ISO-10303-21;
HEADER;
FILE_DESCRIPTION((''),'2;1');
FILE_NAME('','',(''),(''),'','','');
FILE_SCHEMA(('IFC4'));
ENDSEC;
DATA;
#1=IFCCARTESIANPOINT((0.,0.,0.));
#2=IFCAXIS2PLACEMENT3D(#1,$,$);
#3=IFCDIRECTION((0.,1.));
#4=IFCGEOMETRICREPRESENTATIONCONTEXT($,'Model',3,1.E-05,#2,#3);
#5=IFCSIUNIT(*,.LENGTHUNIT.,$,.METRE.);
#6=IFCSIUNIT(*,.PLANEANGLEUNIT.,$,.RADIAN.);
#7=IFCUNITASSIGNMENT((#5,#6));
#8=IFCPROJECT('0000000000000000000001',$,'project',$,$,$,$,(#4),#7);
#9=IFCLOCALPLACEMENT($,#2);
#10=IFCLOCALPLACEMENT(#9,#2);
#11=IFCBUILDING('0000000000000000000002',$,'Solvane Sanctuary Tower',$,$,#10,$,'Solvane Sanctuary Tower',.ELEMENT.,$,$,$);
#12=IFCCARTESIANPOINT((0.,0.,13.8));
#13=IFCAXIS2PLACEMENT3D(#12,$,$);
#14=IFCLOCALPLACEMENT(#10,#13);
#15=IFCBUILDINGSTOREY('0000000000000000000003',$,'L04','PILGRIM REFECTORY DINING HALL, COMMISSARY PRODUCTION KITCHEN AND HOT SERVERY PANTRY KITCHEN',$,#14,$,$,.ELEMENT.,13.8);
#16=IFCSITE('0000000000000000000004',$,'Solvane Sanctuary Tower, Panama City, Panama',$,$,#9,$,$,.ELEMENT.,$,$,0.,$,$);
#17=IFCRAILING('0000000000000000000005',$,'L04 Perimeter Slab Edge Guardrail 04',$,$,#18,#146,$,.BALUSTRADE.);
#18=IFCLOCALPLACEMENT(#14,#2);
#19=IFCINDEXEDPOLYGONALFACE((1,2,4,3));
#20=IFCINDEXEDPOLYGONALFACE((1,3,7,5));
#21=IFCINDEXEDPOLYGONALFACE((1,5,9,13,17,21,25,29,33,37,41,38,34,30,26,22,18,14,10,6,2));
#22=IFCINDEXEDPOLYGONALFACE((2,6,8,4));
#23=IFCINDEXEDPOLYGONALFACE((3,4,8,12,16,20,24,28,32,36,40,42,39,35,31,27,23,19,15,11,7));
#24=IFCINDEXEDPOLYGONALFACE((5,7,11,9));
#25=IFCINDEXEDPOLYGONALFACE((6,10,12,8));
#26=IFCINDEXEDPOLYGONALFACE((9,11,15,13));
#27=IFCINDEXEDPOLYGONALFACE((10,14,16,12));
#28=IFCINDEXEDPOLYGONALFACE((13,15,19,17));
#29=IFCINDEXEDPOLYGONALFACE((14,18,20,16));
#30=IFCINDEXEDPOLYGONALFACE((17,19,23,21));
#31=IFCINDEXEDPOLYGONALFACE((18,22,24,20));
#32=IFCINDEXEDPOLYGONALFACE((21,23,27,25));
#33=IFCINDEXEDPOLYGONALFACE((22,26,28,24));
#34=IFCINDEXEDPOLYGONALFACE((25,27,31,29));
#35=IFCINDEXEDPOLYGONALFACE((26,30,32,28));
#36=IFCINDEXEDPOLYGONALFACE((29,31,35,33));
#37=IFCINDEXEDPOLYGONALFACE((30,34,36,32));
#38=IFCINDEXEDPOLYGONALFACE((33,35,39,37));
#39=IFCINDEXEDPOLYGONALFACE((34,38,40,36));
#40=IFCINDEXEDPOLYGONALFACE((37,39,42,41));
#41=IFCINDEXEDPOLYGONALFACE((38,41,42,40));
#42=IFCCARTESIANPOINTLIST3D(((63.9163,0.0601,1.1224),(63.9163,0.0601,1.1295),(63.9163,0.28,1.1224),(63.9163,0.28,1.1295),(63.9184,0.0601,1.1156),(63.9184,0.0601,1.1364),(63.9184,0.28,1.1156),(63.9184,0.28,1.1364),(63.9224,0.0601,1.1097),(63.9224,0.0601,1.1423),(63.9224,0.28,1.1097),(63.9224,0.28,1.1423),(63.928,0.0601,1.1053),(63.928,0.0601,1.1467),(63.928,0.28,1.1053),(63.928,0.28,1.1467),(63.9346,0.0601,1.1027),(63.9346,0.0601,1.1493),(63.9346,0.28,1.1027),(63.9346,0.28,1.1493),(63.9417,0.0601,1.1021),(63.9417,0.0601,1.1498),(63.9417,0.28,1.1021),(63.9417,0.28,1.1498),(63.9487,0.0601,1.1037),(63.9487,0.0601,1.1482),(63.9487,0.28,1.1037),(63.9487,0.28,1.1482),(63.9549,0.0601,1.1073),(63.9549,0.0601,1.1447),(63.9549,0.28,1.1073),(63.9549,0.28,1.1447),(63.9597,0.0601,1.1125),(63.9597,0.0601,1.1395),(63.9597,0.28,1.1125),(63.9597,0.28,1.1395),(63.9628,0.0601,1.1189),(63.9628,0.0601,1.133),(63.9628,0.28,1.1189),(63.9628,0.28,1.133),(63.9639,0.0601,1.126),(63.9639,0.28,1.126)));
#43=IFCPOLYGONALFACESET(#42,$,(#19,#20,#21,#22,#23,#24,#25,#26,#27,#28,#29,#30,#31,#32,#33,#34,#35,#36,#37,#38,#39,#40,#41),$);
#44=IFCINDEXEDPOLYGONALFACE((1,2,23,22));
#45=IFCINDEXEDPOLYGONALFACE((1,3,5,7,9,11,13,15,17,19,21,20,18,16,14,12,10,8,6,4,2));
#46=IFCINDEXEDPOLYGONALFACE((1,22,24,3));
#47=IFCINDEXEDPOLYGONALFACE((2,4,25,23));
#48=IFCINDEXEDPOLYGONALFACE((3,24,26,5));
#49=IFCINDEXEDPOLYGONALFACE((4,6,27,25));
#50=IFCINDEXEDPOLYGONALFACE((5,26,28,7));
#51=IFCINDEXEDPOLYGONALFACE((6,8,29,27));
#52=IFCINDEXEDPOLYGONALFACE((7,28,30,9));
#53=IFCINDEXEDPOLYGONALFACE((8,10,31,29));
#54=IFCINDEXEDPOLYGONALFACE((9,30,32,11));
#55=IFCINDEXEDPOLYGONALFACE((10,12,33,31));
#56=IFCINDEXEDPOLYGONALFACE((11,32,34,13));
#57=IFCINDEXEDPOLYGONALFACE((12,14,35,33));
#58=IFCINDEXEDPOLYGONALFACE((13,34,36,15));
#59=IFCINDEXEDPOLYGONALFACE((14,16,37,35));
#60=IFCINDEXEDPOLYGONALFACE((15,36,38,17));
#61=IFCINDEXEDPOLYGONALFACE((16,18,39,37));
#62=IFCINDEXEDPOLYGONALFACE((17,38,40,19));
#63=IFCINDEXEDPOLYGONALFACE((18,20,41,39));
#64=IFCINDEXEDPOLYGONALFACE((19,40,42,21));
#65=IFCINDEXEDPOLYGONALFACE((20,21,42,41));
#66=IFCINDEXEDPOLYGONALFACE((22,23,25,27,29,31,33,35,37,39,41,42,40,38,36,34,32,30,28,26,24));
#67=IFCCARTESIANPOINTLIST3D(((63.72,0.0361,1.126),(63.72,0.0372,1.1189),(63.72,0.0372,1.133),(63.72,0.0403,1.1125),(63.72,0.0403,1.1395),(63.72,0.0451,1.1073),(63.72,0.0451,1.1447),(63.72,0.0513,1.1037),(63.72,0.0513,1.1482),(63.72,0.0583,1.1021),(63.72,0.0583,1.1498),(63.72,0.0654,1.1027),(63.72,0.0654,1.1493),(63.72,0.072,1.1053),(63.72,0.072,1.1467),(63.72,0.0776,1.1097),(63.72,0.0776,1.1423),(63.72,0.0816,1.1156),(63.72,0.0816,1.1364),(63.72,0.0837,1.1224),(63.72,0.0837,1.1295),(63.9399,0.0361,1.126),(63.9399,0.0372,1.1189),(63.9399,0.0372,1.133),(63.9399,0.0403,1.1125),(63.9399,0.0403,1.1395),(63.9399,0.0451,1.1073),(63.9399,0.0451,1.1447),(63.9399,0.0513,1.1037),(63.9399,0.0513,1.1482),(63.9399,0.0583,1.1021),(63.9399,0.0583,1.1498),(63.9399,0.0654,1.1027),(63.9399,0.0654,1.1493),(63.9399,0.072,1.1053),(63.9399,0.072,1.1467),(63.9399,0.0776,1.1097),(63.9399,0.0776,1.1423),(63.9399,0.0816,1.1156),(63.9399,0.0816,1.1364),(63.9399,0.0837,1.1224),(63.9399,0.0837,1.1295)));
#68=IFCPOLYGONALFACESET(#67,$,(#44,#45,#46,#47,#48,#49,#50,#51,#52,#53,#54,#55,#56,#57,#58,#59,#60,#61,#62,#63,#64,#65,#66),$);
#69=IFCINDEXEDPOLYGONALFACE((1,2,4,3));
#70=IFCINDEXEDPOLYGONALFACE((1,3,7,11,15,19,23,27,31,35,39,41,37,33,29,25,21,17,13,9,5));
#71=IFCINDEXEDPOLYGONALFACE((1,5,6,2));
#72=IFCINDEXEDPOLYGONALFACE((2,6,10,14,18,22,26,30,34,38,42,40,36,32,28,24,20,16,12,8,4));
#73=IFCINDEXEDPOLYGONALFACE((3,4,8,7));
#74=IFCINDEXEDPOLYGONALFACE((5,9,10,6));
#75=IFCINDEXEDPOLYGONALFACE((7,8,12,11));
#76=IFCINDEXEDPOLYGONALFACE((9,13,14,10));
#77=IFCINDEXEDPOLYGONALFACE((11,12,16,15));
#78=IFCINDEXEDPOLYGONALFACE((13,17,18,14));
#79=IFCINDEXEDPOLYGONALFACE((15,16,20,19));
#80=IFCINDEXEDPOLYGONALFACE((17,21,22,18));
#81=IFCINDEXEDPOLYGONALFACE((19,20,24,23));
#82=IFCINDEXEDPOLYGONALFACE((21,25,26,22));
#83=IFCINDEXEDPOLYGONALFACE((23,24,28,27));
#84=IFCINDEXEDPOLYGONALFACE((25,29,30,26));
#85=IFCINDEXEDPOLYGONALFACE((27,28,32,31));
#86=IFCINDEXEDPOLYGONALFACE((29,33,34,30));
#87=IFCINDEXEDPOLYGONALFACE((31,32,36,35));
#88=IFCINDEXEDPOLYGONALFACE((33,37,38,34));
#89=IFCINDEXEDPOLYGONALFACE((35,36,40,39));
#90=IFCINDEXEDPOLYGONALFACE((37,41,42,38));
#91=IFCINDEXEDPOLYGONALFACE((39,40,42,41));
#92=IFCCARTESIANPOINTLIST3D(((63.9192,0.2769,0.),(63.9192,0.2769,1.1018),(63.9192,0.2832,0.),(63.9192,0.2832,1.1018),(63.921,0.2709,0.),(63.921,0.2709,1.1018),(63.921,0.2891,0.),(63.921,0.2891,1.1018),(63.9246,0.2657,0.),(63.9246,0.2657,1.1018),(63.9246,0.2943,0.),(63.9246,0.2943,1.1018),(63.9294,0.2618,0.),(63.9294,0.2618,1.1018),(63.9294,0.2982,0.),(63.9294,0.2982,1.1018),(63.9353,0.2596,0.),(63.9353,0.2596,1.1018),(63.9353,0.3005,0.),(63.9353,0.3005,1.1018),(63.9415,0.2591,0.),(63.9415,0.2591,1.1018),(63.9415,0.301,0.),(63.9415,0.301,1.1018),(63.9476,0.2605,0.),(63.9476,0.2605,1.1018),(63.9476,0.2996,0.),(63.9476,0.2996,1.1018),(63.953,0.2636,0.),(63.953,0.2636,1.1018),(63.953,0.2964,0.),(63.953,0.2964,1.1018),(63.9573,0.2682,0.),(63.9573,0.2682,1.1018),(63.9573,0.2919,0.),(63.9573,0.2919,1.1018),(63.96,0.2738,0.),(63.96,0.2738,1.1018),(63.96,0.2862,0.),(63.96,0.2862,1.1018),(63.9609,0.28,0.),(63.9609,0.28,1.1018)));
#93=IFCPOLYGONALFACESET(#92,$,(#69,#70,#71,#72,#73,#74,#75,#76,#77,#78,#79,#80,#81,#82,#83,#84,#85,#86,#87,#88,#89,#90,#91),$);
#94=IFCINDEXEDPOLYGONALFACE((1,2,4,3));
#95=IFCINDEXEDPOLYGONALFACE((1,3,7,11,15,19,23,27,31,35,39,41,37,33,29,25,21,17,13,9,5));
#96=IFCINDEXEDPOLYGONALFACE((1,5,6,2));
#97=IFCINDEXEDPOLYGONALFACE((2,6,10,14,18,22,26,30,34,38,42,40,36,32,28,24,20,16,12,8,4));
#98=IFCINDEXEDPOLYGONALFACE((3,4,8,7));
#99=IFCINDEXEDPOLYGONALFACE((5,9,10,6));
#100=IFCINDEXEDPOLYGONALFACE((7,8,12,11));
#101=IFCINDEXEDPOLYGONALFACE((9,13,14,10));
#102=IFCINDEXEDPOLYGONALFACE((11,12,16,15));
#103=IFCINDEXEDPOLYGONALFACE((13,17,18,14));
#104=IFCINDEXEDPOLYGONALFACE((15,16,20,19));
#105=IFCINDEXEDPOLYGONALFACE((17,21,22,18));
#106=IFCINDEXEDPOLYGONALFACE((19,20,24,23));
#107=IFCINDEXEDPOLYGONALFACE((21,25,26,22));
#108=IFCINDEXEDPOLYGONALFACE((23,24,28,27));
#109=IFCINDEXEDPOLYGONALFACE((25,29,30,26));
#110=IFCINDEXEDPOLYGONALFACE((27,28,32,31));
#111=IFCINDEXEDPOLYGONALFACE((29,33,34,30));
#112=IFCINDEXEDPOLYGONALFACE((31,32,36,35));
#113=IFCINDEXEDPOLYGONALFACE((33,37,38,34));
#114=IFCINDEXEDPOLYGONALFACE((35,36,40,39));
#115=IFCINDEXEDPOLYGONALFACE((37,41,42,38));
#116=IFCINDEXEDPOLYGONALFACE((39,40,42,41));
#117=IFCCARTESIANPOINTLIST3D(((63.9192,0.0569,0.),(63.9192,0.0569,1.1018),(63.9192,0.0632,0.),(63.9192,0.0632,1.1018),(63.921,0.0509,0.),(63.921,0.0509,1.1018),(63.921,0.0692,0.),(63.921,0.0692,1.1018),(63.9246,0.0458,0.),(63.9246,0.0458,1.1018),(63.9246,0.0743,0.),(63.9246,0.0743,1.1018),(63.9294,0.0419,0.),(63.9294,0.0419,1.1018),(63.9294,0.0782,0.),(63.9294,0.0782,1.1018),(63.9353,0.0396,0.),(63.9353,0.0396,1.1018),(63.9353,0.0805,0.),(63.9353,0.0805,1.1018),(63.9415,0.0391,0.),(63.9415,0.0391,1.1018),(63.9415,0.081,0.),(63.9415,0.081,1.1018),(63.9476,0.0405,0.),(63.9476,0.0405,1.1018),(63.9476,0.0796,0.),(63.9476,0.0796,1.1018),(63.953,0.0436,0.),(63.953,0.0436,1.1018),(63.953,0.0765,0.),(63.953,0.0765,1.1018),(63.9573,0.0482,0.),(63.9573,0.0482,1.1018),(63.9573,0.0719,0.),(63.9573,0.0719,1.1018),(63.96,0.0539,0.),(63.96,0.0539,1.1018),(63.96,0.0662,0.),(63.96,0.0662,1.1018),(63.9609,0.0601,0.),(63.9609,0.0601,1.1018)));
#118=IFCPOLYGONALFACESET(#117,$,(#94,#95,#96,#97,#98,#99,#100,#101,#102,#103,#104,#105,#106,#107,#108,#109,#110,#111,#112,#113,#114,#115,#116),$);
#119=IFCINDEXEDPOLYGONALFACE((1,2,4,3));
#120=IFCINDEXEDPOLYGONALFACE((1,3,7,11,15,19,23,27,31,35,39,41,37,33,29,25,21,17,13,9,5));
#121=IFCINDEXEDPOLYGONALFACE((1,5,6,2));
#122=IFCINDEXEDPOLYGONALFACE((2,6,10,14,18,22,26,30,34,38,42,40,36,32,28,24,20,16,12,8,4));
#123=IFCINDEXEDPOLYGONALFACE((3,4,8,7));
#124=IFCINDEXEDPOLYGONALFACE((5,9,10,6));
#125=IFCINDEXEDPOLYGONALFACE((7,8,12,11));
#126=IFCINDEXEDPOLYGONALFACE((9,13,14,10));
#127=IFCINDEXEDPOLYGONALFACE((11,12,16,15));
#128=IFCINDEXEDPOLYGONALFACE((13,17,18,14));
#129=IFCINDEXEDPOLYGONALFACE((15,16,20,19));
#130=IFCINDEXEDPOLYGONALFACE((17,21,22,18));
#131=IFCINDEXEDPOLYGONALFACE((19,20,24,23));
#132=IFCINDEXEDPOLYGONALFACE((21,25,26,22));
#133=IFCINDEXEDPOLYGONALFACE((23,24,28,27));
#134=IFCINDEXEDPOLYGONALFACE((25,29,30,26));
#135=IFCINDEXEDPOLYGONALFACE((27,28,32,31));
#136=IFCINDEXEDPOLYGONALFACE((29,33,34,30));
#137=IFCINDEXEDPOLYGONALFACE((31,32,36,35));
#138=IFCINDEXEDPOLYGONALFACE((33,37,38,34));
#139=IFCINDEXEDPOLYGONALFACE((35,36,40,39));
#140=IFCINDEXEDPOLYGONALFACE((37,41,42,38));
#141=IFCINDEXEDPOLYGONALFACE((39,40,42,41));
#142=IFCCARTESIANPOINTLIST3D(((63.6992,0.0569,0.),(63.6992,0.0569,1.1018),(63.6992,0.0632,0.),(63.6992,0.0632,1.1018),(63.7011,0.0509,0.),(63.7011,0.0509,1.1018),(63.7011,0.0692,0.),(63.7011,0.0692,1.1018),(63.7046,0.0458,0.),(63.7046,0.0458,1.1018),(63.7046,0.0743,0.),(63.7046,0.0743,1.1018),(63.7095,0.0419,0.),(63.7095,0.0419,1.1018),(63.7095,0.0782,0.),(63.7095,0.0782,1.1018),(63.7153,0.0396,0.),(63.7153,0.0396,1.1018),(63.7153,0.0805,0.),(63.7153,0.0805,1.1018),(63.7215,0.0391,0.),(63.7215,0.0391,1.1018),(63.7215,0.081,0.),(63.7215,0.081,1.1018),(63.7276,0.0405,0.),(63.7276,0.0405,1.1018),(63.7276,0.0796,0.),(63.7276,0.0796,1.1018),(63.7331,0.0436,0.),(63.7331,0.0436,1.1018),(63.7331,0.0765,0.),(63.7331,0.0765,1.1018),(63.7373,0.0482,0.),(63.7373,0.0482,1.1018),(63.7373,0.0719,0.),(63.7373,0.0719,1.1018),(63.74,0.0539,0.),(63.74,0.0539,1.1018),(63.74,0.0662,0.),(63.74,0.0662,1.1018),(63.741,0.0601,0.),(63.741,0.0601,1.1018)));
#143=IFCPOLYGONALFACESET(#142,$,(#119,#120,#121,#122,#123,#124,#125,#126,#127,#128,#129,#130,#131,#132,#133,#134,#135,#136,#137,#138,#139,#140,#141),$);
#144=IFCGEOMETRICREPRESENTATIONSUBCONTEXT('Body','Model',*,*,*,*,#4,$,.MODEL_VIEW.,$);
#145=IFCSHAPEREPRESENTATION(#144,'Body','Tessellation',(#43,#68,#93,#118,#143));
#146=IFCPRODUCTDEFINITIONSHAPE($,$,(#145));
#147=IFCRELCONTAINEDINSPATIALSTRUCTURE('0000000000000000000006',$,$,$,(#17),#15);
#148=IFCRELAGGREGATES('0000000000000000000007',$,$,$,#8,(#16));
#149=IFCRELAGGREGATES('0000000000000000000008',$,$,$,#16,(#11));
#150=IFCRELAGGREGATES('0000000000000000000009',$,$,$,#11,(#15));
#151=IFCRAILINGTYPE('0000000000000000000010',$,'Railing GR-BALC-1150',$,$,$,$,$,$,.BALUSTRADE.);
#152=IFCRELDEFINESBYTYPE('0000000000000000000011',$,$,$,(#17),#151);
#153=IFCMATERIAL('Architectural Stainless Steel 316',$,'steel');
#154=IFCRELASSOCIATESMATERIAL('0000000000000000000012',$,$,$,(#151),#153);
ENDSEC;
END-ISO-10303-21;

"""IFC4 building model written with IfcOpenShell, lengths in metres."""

from ifc_helpers import new_model, si_unit, direction, frame, origin, origin_2d, place, context, subcontext, project, spatial, circle, extrude, material, type_object, element, save


model = new_model("IFC4")

# Units and contexts
model_context = context("Model", 3, precision=1e-05, world=origin(), true_north=direction((0.0, 1.0)))
body_context = subcontext(model_context, "Body", "Model", "MODEL_VIEW")
ifc_project = project(units=[si_unit("LENGTHUNIT", "METRE"), si_unit("PLANEANGLEUNIT", "RADIAN")], contexts=[model_context])

# Site, building, storey
site_placement = place(None, origin())
site = spatial("IfcSite", under=ifc_project, at=site_placement, Name="Solvane Sanctuary Tower, Panama City, Panama", CompositionType="ELEMENT", RefElevation=0.0)
building_placement = place(site_placement, origin())
building = spatial("IfcBuilding", under=site, at=building_placement, Name="Solvane Sanctuary Tower", LongName="Solvane Sanctuary Tower", CompositionType="ELEMENT")
storey_placement = place(building_placement, frame((0.0, 0.0, 13.8)))
storey = spatial("IfcBuildingStorey", under=building, at=storey_placement, Name="L04", Description="PILGRIM REFECTORY DINING HALL, COMMISSARY PRODUCTION KITCHEN AND HOT SERVERY PANTRY KITCHEN", CompositionType="ELEMENT", Elevation=13.8)

# Shared definitions
ifc_material_1 = material(Name="Architectural Stainless Steel 316", Category="steel")

# Railing
railing_type_1 = type_object("IfcRailingType", Name="Railing GR-BALC-1150", PredefinedType="BALUSTRADE", material=ifc_material_1)
railing_1_placement = place(storey_placement, frame((63.9399, 0.28, 0.0)))
element("IfcRailing", 1, at=railing_1_placement, inside=storey, type_object=railing_type_1, Name="L04 Perimeter Slab Edge Guardrail 04", PredefinedType="BALUSTRADE", context=body_context, shape_type="SweptSolid", body=[
    extrude(circle(Radius=0.0239, at=origin_2d()), frame((0.0, 0.0, 1.126), z_axis=(0.0, -1.0, 0.0), x_axis=(1.0, 0.0, 0.0)), (0.0, 0.0, 1.0), 0.22),
    extrude(circle(Radius=0.0239, at=origin_2d()), frame((0.0, -0.22, 1.126), z_axis=(-1.0, 0.0, 0.0), x_axis=(0.0, -1.0, 0.0)), (0.0, 0.0, 1.0), 0.22),
    extrude(circle(Radius=0.021, at=origin_2d()), origin(), (0.0, 0.0, 1.0), 1.1018),
    extrude(circle(Radius=0.021, at=origin_2d()), frame((0.0, -0.22, 0.0)), (0.0, 0.0, 1.0), 1.1018),
    extrude(circle(Radius=0.021, at=origin_2d()), frame((-0.22, -0.22, 0.0)), (0.0, 0.0, 1.0), 1.1018),
])

save(model, "model.ifc")
